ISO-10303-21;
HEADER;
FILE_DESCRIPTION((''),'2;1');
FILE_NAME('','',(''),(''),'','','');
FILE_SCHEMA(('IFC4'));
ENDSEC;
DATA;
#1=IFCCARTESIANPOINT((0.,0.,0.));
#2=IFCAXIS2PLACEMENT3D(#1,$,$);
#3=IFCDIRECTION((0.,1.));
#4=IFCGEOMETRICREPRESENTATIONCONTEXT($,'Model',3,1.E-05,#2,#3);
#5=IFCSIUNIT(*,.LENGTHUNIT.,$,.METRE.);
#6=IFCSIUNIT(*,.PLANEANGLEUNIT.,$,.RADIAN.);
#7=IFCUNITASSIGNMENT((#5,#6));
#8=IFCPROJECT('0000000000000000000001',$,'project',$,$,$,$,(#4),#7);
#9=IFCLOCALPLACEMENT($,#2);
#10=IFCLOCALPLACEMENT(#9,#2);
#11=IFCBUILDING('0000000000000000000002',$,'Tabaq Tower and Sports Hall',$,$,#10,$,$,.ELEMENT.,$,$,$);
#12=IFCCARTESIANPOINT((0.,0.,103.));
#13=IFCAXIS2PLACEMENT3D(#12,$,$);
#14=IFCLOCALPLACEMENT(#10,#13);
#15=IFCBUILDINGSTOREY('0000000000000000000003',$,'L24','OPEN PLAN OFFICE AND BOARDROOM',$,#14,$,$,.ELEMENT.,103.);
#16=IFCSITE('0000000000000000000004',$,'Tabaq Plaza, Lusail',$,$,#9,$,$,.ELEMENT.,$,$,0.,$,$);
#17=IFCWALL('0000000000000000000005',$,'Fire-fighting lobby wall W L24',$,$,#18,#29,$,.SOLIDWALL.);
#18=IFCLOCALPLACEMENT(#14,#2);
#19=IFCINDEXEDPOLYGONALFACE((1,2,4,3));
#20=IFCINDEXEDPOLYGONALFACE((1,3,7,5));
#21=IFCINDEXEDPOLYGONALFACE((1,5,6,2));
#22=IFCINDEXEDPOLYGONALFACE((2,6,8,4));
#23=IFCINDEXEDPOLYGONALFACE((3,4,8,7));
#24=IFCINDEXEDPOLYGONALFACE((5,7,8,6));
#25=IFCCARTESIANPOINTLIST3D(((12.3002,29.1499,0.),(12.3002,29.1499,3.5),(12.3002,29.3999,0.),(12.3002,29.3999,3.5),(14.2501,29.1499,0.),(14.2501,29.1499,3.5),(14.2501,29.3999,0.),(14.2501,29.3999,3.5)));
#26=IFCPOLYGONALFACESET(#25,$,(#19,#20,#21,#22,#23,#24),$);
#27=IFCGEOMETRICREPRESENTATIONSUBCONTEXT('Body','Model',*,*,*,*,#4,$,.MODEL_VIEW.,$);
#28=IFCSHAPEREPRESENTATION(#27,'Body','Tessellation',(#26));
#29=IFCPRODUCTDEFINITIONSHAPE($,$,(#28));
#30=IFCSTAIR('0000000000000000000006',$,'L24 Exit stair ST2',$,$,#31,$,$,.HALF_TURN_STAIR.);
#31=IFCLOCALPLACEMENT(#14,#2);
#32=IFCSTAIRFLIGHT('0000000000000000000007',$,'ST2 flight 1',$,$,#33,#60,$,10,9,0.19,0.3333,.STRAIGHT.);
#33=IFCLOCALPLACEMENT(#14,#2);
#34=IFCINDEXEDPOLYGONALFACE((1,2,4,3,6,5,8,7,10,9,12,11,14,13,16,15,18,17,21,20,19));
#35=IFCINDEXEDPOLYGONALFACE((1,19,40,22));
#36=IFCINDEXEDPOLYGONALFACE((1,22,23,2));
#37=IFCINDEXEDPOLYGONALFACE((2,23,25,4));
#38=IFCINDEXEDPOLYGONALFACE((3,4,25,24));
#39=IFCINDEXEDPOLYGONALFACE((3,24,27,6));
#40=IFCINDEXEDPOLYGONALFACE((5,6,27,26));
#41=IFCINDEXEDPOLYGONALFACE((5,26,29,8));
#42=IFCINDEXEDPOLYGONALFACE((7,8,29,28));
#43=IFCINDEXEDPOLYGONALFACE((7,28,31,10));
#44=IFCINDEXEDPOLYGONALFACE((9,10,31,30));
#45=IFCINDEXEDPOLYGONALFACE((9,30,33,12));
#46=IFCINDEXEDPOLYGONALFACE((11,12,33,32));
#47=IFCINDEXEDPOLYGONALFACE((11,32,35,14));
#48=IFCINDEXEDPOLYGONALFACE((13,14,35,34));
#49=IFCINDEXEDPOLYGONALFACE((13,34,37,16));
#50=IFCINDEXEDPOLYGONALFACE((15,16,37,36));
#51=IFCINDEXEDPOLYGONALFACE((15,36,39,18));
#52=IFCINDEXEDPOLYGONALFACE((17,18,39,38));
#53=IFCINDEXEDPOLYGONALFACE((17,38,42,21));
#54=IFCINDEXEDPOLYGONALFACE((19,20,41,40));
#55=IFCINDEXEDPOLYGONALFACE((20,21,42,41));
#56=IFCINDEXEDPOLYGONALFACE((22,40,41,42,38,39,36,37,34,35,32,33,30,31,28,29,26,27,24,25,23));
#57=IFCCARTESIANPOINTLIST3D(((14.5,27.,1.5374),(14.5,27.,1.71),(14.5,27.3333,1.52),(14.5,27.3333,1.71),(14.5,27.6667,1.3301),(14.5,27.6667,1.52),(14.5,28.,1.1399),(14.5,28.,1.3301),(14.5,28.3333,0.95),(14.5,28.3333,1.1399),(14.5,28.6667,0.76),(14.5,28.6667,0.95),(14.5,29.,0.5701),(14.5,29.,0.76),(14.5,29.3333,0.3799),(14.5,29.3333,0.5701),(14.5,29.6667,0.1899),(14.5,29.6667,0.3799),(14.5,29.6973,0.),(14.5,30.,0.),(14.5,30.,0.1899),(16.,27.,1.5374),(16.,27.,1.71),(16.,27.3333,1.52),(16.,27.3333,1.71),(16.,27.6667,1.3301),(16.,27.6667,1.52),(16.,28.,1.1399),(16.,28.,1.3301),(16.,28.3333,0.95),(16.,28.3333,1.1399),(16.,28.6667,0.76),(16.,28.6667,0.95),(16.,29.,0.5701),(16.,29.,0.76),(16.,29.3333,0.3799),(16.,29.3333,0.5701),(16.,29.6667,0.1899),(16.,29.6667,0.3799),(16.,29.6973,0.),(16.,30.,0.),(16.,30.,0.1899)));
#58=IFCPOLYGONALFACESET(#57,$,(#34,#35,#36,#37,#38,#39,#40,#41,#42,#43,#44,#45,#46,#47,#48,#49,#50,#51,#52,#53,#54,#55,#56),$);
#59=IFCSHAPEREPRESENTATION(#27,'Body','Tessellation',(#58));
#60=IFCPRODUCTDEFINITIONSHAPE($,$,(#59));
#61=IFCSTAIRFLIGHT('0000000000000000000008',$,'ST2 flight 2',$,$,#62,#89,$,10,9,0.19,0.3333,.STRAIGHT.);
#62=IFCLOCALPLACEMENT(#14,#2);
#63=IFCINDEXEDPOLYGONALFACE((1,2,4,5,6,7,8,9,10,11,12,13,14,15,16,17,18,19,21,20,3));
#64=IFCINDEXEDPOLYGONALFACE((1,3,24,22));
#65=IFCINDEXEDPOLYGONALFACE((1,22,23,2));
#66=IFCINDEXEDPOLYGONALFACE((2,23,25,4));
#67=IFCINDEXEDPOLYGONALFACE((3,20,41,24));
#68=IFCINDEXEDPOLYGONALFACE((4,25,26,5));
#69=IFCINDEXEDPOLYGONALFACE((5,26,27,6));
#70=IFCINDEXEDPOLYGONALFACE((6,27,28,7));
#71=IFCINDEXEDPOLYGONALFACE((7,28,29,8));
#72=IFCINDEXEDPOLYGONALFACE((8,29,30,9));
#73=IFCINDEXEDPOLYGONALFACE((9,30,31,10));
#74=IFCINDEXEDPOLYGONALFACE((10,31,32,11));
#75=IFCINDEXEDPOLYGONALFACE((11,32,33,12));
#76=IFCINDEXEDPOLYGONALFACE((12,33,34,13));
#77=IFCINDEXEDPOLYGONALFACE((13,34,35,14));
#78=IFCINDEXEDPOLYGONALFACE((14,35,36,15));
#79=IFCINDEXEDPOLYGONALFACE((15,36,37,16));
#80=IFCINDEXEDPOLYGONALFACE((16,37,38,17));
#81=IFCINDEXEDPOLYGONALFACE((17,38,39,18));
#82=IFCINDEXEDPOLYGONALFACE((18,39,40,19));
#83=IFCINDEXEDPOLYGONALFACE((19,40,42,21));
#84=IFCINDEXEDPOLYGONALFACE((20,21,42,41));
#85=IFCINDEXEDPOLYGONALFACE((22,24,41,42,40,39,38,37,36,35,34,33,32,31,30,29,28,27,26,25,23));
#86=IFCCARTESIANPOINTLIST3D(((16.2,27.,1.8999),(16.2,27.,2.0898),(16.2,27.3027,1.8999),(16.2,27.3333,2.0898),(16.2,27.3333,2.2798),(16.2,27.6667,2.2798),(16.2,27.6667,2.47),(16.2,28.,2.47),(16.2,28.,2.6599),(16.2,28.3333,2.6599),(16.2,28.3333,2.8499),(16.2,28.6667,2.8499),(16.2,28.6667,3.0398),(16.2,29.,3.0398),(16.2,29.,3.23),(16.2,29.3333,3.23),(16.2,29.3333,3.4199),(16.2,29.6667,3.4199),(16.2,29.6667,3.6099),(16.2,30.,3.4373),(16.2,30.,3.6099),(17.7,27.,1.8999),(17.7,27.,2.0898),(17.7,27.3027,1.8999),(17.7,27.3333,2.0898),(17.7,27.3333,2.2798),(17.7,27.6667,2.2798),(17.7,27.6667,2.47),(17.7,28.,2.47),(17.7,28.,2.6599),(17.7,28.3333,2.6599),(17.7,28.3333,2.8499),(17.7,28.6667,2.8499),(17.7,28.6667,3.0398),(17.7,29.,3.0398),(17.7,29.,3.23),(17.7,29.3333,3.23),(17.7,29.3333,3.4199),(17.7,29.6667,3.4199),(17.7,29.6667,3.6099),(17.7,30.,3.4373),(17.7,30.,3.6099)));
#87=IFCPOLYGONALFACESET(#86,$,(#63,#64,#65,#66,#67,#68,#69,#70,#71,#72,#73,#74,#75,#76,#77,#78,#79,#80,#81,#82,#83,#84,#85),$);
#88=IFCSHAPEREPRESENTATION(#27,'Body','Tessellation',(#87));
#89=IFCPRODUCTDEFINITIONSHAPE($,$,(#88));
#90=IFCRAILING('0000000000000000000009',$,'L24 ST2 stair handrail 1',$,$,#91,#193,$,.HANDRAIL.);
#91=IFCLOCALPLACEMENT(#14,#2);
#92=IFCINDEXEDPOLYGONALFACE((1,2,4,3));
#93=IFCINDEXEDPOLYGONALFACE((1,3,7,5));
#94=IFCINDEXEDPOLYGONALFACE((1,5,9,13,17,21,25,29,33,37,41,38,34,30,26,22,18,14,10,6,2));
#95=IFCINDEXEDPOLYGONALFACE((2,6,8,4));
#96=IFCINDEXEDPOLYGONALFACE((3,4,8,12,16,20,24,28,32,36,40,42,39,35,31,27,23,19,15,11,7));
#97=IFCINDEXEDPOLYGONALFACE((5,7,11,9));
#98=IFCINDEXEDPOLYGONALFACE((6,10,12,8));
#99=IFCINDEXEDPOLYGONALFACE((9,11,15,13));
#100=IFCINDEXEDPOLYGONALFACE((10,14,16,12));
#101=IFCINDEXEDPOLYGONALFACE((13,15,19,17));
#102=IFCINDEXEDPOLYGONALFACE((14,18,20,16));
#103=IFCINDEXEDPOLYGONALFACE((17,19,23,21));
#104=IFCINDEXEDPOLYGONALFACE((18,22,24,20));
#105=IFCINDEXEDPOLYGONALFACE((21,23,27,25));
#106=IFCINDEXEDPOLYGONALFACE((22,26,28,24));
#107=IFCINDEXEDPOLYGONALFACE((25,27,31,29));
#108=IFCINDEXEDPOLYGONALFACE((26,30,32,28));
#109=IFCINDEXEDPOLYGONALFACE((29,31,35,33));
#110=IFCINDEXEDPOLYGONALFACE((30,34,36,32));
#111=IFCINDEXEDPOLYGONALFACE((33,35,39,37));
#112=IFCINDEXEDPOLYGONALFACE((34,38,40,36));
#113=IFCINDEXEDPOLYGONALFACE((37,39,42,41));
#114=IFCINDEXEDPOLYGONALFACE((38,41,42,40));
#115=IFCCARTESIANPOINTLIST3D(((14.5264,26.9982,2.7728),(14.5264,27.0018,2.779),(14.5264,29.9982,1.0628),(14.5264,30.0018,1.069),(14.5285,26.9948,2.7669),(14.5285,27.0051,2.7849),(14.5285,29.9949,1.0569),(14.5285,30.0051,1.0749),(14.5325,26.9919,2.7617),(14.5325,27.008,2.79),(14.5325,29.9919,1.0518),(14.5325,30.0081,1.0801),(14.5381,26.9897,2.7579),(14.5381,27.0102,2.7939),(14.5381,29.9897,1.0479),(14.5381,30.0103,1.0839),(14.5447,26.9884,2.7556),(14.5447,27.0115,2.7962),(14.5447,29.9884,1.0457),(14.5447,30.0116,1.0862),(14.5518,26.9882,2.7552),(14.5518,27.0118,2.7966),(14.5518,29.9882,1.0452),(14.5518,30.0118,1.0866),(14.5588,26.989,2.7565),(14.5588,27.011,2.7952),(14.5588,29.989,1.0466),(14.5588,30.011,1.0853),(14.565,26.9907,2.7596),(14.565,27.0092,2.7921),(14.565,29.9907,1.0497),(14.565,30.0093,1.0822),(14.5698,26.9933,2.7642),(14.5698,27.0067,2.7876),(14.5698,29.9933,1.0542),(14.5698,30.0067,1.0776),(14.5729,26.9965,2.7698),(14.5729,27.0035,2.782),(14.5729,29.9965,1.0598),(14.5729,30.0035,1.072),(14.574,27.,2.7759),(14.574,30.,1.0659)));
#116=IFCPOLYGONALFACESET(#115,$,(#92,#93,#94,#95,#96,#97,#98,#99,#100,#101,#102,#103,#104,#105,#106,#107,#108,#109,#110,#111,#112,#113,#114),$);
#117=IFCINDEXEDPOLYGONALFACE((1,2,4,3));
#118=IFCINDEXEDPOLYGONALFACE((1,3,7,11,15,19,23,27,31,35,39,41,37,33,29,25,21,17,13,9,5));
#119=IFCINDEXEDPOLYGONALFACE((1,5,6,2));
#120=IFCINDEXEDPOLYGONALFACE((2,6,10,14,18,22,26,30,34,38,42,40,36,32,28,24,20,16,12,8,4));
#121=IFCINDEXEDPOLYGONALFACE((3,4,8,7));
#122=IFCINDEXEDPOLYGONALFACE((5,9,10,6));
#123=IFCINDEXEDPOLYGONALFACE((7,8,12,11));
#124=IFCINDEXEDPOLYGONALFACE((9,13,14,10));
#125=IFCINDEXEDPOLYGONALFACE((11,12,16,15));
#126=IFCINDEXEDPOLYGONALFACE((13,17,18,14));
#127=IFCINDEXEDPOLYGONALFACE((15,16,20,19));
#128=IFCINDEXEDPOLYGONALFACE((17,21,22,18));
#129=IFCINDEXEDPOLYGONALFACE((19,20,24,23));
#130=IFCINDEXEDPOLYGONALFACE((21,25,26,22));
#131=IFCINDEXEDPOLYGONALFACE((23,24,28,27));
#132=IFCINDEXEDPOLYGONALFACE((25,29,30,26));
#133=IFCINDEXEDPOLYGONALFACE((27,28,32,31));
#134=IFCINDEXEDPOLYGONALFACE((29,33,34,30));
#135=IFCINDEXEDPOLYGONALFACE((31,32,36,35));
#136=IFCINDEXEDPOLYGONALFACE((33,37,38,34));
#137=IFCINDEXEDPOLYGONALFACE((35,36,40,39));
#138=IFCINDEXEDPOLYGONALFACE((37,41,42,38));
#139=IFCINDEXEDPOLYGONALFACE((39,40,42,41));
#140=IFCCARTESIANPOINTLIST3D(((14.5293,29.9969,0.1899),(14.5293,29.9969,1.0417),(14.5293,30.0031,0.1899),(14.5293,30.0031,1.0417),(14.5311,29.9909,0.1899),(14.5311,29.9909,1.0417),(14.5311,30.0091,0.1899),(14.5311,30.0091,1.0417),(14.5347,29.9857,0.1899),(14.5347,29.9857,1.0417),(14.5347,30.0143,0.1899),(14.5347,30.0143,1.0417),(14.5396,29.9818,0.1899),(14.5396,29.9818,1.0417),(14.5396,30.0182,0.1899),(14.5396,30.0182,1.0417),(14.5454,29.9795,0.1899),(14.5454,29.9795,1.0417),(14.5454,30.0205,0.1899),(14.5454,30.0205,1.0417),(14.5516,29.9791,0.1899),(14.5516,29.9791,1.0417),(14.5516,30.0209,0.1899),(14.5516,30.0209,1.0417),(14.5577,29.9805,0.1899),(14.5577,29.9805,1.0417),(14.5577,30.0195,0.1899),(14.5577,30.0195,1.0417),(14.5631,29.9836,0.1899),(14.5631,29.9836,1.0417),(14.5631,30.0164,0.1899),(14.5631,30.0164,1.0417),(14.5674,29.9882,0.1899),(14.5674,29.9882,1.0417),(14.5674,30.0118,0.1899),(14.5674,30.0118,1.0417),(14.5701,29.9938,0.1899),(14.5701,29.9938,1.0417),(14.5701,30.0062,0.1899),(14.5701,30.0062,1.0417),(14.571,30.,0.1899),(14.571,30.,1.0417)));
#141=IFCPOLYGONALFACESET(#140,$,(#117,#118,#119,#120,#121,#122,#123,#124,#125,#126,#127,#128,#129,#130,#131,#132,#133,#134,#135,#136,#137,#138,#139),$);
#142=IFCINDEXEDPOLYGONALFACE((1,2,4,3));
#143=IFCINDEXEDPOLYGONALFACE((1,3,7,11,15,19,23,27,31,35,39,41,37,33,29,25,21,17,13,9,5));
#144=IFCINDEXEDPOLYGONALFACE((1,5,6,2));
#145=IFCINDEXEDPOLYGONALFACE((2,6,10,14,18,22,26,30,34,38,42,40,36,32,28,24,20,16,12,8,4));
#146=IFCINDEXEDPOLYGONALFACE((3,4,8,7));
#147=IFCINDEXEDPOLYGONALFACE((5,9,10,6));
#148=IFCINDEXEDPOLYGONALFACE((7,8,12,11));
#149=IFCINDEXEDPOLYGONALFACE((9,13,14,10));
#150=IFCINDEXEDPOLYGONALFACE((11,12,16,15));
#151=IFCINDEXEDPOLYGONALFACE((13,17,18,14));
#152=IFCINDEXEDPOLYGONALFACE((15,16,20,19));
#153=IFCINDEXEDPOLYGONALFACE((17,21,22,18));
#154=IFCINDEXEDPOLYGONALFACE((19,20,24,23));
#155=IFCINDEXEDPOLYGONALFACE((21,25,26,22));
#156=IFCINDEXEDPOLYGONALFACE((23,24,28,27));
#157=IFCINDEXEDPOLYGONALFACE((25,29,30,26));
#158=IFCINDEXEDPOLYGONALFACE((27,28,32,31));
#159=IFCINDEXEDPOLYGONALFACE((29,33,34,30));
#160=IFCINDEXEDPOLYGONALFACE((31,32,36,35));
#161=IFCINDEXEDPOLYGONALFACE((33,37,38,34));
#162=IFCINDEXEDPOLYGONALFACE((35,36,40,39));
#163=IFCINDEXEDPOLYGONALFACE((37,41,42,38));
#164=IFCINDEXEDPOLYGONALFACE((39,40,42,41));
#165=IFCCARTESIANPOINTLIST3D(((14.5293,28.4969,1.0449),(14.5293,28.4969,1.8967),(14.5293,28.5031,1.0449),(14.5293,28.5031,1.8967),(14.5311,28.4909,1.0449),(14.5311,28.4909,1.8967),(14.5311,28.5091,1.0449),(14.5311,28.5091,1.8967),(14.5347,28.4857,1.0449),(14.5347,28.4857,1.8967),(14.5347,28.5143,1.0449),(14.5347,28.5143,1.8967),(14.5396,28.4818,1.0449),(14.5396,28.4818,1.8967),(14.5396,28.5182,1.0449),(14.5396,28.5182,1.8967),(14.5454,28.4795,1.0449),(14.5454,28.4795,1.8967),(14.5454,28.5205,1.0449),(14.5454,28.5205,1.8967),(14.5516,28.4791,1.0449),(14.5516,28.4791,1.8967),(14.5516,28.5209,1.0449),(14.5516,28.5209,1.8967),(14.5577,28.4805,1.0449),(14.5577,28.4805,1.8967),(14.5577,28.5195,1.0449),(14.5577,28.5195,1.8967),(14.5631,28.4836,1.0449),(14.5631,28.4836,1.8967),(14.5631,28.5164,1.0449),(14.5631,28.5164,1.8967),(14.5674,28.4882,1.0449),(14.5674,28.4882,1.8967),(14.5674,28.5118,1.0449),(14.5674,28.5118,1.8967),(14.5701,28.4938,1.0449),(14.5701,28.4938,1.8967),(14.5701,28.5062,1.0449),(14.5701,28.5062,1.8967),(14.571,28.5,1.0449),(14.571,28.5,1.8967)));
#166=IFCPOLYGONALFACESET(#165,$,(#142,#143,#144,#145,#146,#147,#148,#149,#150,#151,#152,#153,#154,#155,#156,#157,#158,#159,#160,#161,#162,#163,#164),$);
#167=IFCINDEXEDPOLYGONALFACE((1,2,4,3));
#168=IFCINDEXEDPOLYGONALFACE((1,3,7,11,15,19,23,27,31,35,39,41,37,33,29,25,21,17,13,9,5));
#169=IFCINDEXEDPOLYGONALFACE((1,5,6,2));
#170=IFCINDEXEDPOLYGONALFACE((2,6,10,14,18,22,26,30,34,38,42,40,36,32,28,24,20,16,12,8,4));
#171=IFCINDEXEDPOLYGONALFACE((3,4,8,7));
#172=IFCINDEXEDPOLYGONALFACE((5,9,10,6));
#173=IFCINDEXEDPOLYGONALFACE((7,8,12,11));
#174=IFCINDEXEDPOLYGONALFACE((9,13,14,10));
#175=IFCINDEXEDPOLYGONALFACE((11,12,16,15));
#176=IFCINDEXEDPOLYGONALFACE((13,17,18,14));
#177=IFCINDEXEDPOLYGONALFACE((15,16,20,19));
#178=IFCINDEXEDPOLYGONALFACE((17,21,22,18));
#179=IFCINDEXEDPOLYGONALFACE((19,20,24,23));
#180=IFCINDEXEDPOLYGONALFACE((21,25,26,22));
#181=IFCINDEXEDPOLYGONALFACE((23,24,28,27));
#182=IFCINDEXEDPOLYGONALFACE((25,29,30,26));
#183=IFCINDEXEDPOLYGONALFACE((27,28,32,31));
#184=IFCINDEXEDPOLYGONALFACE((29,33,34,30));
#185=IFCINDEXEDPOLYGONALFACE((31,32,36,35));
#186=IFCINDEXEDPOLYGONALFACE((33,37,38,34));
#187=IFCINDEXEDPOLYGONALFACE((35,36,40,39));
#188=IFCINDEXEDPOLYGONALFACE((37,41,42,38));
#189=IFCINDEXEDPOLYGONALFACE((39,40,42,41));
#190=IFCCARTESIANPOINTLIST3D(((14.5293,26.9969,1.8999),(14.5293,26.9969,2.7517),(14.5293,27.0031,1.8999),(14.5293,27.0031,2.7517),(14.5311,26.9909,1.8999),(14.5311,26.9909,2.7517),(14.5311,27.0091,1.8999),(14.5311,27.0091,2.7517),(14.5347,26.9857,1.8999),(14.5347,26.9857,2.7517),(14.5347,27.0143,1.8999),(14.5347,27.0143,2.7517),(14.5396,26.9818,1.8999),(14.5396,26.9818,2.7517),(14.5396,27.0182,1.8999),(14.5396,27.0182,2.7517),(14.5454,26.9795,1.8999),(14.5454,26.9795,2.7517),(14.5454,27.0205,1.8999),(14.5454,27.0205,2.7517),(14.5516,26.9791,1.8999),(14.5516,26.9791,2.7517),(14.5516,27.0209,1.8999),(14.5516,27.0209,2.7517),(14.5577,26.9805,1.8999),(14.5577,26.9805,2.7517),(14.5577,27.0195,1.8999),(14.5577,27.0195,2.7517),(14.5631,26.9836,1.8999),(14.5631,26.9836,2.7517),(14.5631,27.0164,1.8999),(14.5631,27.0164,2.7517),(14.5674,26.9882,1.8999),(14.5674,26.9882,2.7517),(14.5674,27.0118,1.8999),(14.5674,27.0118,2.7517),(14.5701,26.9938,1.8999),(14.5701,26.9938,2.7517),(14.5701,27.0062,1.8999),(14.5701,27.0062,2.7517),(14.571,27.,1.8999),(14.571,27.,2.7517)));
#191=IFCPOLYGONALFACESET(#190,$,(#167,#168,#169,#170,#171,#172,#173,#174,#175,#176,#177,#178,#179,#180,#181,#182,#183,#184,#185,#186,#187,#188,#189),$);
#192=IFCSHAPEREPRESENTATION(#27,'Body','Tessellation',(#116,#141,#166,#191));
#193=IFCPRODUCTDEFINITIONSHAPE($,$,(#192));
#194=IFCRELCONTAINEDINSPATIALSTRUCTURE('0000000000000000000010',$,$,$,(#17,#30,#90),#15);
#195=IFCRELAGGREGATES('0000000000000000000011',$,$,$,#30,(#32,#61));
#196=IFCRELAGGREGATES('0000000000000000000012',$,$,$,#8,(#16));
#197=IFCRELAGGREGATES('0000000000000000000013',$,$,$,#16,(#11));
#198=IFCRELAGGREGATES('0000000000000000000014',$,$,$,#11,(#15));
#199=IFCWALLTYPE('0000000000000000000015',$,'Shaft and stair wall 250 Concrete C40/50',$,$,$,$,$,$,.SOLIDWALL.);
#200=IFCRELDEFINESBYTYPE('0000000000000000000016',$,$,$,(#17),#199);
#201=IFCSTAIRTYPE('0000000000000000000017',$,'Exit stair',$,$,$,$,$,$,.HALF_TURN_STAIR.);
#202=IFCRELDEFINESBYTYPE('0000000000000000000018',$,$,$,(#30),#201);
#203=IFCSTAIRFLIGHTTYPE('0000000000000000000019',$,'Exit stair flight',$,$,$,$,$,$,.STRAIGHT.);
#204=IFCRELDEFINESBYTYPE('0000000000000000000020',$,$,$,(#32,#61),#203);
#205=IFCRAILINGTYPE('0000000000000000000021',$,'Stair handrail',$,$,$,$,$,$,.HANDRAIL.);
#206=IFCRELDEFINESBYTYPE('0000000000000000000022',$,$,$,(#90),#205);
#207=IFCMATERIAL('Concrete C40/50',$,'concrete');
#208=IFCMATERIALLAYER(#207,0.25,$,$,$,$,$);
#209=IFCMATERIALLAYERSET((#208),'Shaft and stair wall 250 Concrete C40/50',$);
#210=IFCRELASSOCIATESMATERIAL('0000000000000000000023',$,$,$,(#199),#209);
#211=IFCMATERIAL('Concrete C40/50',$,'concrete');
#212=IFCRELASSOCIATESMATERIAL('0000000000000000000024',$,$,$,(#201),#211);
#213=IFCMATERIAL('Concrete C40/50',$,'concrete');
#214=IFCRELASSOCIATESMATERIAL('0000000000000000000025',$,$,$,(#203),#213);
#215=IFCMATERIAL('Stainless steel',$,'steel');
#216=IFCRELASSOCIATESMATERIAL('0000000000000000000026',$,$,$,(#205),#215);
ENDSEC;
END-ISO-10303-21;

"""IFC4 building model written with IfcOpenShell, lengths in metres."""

from ifc_helpers import new_model, si_unit, direction, frame, frame_2d, origin, origin_2d, place, context, subcontext, project, spatial, polyline, rectangle, circle, outline, extrude, material, layer, layer_set, type_object, element, aggregate, save


model = new_model("IFC4")

# Units and contexts
model_context = context("Model", 3, precision=1e-05, world=origin(), true_north=direction((0.0, 1.0)))
body_context = subcontext(model_context, "Body", "Model", "MODEL_VIEW")
ifc_project = project(units=[si_unit("LENGTHUNIT", "METRE"), si_unit("PLANEANGLEUNIT", "RADIAN")], contexts=[model_context])

# Site, building, storey
site_placement = place(None, origin())
site = spatial("IfcSite", under=ifc_project, at=site_placement, Name="Tabaq Plaza, Lusail", CompositionType="ELEMENT", RefElevation=0.0)
building_placement = place(site_placement, origin())
building = spatial("IfcBuilding", under=site, at=building_placement, Name="Tabaq Tower and Sports Hall", CompositionType="ELEMENT")
storey_placement = place(building_placement, frame((0.0, 0.0, 103.0)))
storey = spatial("IfcBuildingStorey", under=building, at=storey_placement, Name="L24", Description="OPEN PLAN OFFICE AND BOARDROOM", CompositionType="ELEMENT", Elevation=103.0)

# Shared definitions
ifc_material_1 = material(Name="Concrete C40/50", Category="concrete")
ifc_layer_1 = layer(ifc_material_1, 0.25)
ifc_layer_set_1 = layer_set([ifc_layer_1], Name="Shaft and stair wall 250 Concrete C40/50")
wall_type_1 = type_object("IfcWallType", Name="Shaft and stair wall 250 Concrete C40/50", PredefinedType="SOLIDWALL", material=ifc_layer_set_1)

# Wall
wall_1_placement = place(storey_placement, frame((12.3, 29.2749, 0.0), z_axis=(0.0, 0.0, 1.0), x_axis=(1.0, 0.0, 0.0)))
element("IfcWall", 1, at=wall_1_placement, inside=storey, type_object=wall_type_1, Name="Fire-fighting lobby wall W L24", PredefinedType="SOLIDWALL", context=body_context, shape_type="SweptSolid", body=[
    extrude(rectangle(XDim=1.95, YDim=0.25, at=frame_2d((0.9751, 0.0))), origin(), (0.0, 0.0, 1.0), 3.5),
])

# Stair, stair flights
ifc_material_2 = material(Name="Concrete C40/50", Category="concrete")
stair_type = type_object("IfcStairType", Name="Exit stair", PredefinedType="HALF_TURN_STAIR", material=ifc_material_2)
stair_placement = place(storey_placement, origin())
stair = element("IfcStair", 2, at=stair_placement, inside=storey, type_object=stair_type, Name="L24 Exit stair ST2", PredefinedType="HALF_TURN_STAIR")
ifc_material_3 = material(Name="Concrete C40/50", Category="concrete")
stair_flight_type = type_object("IfcStairFlightType", Name="Exit stair flight", PredefinedType="STRAIGHT", material=ifc_material_3)
stair_flight_1_placement = place(storey_placement, frame((15.25, 30.0, 0.0), z_axis=(0.0, 0.0, 1.0), x_axis=(0.0, -1.0, 0.0)))
stair_flight_1 = element("IfcStairFlight", 3, at=stair_flight_1_placement, type_object=stair_flight_type, Name="ST2 flight 1", NumberOfRisers=10, NumberOfTreads=9, PredefinedType="STRAIGHT", RiserHeight=0.19, TreadLength=0.3333, context=body_context, shape_type="SweptSolid", body=[
    extrude(outline(polyline([(0.0, 0.0), (0.0, 0.1899), (0.3333, 0.1899), (0.3333, 0.3799), (0.6667, 0.3799), (0.6667, 0.5701), (1.0, 0.5701), (1.0, 0.76), (1.3333, 0.76), (1.3333, 0.95), (1.6667, 0.95), (1.6667, 1.1399), (2.0, 1.1399), (2.0, 1.3301), (2.3333, 1.3301), (2.3333, 1.52), (2.6667, 1.52), (2.6667, 1.71), (3.0, 1.71), (3.0, 1.8999), (3.0, 1.5374), (0.3027, 0.0), (0.0, 0.0)])), frame((0.0, 0.75, 0.0), z_axis=(0.0, -1.0, 0.0), x_axis=(1.0, 0.0, 0.0)), (0.0, 0.0, 1.0), 1.5),
])
stair_flight_2_placement = place(storey_placement, frame((16.95, 27.0, 1.8999), z_axis=(0.0, 0.0, 1.0), x_axis=(0.0, 1.0, 0.0)))
stair_flight_2 = element("IfcStairFlight", 4, at=stair_flight_2_placement, type_object=stair_flight_type, Name="ST2 flight 2", NumberOfRisers=10, NumberOfTreads=9, PredefinedType="STRAIGHT", RiserHeight=0.19, TreadLength=0.3333, context=body_context, shape_type="SweptSolid", body=[
    extrude(outline(polyline([(0.0, 0.0), (0.0, 0.1899), (0.3333, 0.1899), (0.3333, 0.3799), (0.6667, 0.3799), (0.6667, 0.5701), (1.0, 0.5701), (1.0, 0.76), (1.3333, 0.76), (1.3333, 0.95), (1.6667, 0.95), (1.6667, 1.1399), (2.0, 1.1399), (2.0, 1.3301), (2.3333, 1.3301), (2.3333, 1.52), (2.6667, 1.52), (2.6667, 1.71), (3.0, 1.71), (3.0, 1.8999), (3.0, 1.5374), (0.3027, 0.0), (0.0, 0.0)])), frame((0.0, 0.75, 0.0), z_axis=(0.0, -1.0, 0.0), x_axis=(1.0, 0.0, 0.0)), (0.0, 0.0, 1.0), 1.5),
])
aggregate(stair, [stair_flight_1, stair_flight_2])

# Railing
ifc_material_4 = material(Name="Stainless steel", Category="steel")
railing_type_1 = type_object("IfcRailingType", Name="Stair handrail", PredefinedType="HANDRAIL", material=ifc_material_4)
railing_1_placement = place(storey_placement, frame((14.55, 30.0, 0.1899)))
element("IfcRailing", 5, at=railing_1_placement, inside=storey, type_object=railing_type_1, Name="L24 ST2 stair handrail 1", PredefinedType="HANDRAIL", context=body_context, shape_type="SweptSolid", body=[
    extrude(circle(Radius=0.0239, at=origin_2d()), frame((0.0, 0.0, 0.876), z_axis=(0.0, -0.868782, 0.495195), x_axis=(1.0, 0.0, 0.0)), (0.0, 0.0, 1.0), 3.4531),
    extrude(circle(Radius=0.021, at=origin_2d()), origin(), (0.0, 0.0, 1.0), 0.8518),
    extrude(circle(Radius=0.021, at=origin_2d()), frame((0.0, -1.5, 0.855)), (0.0, 0.0, 1.0), 0.8518),
    extrude(circle(Radius=0.021, at=origin_2d()), frame((0.0, -3.0, 1.71)), (0.0, 0.0, 1.0), 0.8518),
])

save(model, "model.ifc")
